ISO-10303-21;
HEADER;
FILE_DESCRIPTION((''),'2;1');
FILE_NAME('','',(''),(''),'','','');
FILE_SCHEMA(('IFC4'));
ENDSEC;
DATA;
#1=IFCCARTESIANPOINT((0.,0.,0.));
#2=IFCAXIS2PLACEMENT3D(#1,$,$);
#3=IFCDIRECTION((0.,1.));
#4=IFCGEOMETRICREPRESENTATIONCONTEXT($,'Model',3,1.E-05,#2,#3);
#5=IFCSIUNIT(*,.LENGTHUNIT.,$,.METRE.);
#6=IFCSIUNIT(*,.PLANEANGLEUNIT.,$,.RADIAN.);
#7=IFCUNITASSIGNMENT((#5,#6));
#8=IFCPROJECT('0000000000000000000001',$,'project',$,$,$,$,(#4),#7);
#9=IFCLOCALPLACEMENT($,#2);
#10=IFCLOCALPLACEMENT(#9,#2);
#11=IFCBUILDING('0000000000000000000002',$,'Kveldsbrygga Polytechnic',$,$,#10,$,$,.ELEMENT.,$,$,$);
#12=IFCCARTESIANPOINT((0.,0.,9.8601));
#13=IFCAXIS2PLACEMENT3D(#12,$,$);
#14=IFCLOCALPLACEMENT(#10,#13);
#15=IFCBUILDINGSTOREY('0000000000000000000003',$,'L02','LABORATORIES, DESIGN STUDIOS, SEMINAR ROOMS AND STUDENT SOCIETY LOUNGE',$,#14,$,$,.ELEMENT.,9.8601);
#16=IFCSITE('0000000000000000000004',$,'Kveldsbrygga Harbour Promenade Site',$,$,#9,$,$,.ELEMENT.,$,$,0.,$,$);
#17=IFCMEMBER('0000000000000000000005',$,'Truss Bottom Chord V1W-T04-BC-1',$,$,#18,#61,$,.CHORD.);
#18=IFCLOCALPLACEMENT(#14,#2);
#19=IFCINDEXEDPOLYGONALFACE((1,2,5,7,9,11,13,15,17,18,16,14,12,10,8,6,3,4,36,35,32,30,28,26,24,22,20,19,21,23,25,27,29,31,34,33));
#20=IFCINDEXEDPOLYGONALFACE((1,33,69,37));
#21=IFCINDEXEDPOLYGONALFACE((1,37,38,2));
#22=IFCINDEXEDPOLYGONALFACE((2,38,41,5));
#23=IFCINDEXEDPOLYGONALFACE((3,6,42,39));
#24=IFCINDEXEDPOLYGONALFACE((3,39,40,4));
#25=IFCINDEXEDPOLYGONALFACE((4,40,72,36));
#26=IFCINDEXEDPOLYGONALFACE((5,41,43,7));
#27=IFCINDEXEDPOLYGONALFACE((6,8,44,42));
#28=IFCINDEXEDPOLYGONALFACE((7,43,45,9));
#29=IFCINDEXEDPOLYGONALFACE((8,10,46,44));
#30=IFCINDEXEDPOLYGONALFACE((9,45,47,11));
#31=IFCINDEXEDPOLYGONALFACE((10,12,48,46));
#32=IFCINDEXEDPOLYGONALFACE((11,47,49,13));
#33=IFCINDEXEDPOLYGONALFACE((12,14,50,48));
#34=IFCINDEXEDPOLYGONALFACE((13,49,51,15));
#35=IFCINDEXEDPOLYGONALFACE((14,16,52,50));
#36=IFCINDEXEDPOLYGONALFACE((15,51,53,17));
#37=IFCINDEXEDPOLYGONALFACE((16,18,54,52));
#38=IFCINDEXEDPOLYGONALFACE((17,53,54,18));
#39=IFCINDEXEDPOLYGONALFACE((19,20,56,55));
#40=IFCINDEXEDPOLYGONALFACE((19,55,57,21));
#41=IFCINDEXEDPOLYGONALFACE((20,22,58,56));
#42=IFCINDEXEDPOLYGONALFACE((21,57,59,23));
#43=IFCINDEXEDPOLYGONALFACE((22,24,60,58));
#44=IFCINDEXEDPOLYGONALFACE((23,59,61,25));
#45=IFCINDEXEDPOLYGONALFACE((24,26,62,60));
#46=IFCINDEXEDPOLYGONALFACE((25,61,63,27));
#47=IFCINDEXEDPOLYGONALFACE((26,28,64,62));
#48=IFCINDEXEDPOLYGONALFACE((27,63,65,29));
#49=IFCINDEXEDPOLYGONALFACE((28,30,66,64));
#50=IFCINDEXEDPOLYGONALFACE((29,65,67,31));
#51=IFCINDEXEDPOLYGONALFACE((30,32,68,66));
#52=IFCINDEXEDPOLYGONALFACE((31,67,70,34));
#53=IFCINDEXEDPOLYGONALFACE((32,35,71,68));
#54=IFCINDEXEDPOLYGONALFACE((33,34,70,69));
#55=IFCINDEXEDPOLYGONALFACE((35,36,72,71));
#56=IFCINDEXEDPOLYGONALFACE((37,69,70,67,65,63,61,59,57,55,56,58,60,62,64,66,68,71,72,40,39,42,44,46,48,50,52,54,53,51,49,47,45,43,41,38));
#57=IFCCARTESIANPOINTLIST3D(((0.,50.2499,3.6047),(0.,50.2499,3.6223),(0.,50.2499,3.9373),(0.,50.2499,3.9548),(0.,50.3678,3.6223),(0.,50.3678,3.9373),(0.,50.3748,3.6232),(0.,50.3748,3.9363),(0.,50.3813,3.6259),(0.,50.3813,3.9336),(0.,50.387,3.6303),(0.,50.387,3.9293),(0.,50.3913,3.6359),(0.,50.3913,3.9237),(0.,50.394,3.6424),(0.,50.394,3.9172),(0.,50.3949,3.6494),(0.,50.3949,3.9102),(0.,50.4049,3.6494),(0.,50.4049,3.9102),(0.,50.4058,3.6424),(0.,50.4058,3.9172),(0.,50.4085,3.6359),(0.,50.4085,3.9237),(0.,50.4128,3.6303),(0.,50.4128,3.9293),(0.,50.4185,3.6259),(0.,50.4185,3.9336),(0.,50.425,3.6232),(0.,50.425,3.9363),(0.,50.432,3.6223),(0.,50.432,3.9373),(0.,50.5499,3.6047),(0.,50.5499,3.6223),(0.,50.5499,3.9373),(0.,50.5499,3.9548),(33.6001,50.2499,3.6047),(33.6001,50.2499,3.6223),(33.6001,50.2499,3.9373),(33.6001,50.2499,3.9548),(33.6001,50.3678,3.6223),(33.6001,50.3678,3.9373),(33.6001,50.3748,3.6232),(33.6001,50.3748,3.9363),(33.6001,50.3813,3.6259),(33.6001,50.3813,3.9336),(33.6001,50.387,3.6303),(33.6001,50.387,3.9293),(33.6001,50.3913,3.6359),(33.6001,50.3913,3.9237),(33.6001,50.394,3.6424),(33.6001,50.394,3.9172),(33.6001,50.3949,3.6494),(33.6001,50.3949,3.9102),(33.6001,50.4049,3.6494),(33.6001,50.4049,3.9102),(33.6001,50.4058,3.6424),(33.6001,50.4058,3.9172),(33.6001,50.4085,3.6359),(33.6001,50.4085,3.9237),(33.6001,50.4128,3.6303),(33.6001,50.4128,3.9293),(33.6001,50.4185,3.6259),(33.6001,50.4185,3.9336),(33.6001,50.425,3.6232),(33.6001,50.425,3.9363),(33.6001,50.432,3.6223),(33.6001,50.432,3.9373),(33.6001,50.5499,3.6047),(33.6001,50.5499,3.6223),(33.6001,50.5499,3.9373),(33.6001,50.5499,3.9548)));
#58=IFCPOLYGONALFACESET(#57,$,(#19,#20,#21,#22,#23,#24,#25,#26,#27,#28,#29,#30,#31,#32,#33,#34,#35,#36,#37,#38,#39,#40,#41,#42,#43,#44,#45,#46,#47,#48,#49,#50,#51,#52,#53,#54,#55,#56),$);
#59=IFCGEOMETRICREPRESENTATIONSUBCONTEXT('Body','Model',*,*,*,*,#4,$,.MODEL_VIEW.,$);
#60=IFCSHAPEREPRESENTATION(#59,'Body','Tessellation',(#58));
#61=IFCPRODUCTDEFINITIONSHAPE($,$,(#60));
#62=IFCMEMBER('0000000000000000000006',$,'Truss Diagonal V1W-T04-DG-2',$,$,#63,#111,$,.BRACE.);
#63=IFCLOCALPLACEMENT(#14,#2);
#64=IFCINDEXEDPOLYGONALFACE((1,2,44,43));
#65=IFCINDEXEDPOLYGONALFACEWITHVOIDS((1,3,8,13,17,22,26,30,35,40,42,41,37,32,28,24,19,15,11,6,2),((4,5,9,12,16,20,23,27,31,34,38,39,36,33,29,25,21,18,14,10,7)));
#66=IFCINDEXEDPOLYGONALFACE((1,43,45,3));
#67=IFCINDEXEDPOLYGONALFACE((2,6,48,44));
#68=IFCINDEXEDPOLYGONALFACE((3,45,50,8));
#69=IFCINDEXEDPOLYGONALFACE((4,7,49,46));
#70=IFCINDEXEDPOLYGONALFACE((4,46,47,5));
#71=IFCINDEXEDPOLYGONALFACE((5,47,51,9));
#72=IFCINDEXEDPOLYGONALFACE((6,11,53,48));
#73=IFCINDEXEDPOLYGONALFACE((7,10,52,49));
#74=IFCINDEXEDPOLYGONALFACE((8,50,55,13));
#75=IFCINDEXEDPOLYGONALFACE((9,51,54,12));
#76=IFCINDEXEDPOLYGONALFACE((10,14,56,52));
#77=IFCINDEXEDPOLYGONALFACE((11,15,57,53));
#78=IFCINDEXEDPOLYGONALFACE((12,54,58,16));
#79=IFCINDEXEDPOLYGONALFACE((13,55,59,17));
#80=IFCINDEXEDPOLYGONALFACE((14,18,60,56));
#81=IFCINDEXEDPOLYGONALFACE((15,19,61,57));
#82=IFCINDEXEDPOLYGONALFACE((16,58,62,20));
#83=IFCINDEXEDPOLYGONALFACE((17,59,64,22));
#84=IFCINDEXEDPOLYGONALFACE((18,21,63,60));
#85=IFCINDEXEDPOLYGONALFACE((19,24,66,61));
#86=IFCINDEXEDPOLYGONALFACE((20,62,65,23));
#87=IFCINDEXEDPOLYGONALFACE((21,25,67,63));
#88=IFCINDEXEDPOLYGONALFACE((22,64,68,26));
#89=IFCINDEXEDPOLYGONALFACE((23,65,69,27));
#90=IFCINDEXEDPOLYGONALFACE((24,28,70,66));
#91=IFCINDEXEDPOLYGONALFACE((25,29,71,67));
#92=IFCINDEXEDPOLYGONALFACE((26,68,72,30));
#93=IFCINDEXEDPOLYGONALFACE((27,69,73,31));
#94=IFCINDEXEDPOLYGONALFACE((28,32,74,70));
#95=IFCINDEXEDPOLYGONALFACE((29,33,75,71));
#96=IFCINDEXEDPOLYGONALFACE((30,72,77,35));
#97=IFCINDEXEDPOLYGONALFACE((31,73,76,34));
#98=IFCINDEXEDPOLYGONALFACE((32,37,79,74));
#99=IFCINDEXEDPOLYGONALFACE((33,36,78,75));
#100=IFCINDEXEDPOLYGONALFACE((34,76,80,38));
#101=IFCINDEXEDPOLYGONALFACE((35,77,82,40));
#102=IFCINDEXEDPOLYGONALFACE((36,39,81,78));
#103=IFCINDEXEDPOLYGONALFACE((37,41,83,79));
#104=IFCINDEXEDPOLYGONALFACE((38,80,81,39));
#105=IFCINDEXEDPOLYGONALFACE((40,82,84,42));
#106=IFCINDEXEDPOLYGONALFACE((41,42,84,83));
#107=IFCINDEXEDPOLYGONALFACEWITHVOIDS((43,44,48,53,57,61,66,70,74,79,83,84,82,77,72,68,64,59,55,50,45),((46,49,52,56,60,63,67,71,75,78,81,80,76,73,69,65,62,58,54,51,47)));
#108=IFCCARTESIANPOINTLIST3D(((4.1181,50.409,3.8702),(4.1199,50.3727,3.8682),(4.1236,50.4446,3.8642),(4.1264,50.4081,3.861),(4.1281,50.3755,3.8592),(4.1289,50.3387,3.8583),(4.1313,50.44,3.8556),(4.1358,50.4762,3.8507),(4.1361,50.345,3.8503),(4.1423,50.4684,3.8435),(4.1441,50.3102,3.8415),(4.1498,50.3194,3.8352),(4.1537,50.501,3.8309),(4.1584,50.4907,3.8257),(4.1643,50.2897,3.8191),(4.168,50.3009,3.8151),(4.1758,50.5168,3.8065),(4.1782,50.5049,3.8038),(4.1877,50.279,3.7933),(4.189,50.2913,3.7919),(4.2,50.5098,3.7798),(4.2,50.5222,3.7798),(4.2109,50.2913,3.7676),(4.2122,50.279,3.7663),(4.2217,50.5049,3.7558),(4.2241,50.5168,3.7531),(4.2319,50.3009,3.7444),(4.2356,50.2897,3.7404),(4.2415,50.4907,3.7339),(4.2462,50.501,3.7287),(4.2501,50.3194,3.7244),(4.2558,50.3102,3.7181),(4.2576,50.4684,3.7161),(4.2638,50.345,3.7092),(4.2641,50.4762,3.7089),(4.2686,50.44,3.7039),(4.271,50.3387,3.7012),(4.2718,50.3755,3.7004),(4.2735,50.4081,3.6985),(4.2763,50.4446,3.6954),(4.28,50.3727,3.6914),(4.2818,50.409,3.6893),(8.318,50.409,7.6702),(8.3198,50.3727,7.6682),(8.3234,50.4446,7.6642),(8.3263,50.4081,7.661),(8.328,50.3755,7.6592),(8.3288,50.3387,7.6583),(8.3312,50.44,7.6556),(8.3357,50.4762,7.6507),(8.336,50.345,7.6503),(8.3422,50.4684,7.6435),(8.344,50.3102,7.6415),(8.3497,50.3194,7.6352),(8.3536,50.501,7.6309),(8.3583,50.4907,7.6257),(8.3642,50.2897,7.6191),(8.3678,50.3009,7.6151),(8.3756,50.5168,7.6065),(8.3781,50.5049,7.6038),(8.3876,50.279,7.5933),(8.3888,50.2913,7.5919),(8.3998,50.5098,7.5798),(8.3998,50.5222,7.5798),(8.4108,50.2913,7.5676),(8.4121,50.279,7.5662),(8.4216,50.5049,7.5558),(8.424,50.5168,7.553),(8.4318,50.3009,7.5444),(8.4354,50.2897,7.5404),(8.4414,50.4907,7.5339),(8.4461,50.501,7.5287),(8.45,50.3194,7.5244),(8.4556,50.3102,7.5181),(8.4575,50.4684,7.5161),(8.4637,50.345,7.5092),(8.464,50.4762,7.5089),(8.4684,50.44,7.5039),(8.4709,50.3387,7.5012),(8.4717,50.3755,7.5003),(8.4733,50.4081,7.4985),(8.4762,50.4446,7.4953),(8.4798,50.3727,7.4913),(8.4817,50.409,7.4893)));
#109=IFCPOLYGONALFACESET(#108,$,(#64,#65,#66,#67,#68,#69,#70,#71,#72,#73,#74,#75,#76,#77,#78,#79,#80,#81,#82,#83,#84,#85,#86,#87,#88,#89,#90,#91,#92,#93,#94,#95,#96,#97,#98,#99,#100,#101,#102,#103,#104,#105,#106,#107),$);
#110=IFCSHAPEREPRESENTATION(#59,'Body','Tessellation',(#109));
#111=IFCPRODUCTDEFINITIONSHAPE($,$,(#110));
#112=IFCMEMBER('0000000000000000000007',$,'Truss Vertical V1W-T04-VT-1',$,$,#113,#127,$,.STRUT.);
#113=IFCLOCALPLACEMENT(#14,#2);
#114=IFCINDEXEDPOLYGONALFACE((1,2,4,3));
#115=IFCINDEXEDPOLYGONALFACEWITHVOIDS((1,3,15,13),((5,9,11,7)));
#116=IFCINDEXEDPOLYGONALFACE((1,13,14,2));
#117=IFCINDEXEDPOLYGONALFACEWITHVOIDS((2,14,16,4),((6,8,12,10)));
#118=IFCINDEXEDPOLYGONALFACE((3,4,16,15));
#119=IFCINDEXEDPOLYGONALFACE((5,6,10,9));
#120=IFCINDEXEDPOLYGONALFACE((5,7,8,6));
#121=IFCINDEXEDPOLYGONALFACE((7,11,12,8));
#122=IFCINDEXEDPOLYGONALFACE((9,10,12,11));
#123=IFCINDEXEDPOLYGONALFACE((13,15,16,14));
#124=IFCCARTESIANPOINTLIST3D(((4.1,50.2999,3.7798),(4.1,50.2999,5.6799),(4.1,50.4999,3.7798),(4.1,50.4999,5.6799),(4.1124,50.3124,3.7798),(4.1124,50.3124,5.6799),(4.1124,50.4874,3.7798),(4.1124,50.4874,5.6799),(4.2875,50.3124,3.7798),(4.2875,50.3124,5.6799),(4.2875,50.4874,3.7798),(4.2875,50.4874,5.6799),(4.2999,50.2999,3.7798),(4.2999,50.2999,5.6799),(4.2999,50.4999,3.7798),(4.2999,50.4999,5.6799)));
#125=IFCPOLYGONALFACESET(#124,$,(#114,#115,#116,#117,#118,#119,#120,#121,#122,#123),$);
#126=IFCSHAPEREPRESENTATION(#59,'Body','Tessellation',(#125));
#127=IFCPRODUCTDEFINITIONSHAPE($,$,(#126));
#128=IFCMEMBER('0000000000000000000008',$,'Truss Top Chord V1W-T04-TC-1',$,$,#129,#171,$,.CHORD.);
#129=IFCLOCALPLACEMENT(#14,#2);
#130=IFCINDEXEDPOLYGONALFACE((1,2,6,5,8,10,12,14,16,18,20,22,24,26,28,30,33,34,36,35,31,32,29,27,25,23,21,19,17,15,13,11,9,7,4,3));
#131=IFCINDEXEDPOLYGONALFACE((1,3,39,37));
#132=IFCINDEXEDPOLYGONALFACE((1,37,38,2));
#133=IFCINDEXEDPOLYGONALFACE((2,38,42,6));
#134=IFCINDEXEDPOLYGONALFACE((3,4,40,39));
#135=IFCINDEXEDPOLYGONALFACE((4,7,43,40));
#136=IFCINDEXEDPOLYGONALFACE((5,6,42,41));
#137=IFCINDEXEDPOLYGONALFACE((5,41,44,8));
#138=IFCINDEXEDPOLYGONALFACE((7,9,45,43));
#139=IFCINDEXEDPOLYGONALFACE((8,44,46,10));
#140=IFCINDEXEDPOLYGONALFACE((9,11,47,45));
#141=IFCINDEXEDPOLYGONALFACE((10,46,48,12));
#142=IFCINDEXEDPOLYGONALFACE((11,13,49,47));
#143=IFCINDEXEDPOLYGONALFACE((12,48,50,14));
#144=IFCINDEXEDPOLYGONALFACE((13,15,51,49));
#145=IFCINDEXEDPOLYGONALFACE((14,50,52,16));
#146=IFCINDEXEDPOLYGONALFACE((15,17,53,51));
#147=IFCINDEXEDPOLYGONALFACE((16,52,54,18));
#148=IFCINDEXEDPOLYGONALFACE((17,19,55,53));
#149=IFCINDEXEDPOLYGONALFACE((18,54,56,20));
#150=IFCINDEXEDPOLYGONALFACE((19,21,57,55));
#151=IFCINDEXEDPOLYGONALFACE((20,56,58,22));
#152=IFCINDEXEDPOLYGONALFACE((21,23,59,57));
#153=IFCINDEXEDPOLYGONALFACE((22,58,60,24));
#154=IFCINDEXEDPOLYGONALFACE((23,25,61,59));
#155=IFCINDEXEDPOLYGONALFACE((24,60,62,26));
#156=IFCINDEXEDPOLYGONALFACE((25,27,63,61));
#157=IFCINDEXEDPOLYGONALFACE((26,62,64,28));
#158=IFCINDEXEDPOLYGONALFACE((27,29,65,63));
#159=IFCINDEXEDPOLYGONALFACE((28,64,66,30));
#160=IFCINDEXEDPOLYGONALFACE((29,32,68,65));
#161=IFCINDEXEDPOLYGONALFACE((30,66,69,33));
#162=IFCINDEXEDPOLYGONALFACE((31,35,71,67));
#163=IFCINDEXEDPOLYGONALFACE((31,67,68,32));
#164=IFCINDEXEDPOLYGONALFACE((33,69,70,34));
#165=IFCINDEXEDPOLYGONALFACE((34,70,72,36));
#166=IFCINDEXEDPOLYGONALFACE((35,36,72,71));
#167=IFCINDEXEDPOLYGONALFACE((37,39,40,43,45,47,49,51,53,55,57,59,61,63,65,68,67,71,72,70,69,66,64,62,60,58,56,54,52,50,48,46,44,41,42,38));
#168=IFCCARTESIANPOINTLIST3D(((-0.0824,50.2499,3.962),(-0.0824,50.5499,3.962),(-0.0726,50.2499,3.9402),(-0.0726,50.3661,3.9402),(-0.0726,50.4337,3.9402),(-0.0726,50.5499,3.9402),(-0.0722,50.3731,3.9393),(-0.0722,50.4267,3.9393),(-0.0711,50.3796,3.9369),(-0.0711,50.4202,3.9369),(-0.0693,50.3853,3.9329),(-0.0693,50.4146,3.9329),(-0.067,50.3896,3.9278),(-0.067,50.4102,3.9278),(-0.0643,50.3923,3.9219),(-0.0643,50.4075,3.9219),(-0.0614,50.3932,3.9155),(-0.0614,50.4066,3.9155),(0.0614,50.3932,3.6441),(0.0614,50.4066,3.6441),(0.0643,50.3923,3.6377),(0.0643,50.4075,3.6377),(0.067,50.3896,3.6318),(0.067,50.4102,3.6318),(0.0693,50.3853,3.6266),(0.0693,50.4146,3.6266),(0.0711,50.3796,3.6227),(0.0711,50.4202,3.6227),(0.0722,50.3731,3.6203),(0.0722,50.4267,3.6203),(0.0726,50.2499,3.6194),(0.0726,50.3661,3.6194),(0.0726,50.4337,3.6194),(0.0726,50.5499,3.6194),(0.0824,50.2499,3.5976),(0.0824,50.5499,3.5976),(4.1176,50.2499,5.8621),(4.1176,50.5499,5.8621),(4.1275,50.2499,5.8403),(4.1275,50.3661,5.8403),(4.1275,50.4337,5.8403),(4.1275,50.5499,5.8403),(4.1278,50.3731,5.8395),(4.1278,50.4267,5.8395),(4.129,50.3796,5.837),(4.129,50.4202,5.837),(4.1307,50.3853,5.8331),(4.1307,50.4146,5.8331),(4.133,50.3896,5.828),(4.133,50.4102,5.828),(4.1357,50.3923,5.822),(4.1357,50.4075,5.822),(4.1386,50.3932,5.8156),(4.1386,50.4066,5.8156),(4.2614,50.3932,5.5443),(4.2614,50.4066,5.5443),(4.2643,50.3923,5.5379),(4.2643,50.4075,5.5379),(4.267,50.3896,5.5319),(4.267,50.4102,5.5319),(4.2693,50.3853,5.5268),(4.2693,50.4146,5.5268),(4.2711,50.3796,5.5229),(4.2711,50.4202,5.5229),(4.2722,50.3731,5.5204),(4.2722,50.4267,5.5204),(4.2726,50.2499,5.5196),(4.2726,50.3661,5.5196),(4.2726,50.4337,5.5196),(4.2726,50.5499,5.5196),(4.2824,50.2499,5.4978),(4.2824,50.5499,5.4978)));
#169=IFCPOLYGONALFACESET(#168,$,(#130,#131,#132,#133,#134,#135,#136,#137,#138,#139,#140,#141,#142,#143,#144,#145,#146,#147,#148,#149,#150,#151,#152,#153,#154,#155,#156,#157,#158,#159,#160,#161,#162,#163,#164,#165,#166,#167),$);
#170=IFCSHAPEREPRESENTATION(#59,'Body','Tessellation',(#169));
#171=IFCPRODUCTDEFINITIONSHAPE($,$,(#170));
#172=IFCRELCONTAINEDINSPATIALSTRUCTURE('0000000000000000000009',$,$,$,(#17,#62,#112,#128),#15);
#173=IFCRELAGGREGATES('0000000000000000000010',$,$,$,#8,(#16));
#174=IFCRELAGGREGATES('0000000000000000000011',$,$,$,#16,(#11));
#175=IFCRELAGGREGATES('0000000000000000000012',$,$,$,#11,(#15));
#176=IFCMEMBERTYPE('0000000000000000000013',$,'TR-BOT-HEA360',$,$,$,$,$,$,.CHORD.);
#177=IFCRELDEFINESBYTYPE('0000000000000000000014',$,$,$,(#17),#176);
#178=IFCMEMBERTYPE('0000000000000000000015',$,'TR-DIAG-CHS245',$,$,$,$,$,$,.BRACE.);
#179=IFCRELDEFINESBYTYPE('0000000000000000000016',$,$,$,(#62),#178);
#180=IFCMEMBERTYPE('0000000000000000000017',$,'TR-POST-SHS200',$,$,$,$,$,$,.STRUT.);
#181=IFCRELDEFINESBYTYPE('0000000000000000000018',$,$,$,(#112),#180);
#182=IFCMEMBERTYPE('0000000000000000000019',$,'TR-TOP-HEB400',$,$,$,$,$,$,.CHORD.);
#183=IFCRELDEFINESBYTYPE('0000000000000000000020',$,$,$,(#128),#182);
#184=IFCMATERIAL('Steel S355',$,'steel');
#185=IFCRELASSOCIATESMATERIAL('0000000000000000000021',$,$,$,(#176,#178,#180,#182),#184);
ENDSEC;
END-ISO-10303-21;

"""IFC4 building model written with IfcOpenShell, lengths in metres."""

from ifc_helpers import new_model, si_unit, direction, frame, origin, origin_2d, place, context, subcontext, project, spatial, hollow_rectangle, hollow_circle, i_section, extrude, material, material_profile, profile_set, type_object, element, save


model = new_model("IFC4")

# Units and contexts
model_context = context("Model", 3, precision=1e-05, world=origin(), true_north=direction((0.0, 1.0)))
body_context = subcontext(model_context, "Body", "Model", "MODEL_VIEW")
ifc_project = project(units=[si_unit("LENGTHUNIT", "METRE"), si_unit("PLANEANGLEUNIT", "RADIAN")], contexts=[model_context])

# Site, building, storey
site_placement = place(None, origin())
site = spatial("IfcSite", under=ifc_project, at=site_placement, Name="Kveldsbrygga Harbour Promenade Site", CompositionType="ELEMENT", RefElevation=0.0)
building_placement = place(site_placement, origin())
building = spatial("IfcBuilding", under=site, at=building_placement, Name="Kveldsbrygga Polytechnic", CompositionType="ELEMENT")
storey_placement = place(building_placement, frame((0.0, 0.0, 9.8601)))
storey = spatial("IfcBuildingStorey", under=building, at=storey_placement, Name="L02", Description="LABORATORIES, DESIGN STUDIOS, SEMINAR ROOMS AND STUDENT SOCIETY LOUNGE", CompositionType="ELEMENT", Elevation=9.8601)

# Shared definitions
ifc_material_1 = material(Name="Steel S355", Category="steel")

# Members
ifc_material_profile_1 = material_profile(ifc_material_1, i_section(OverallWidth=0.3, OverallDepth=0.3501, WebThickness=0.01, FlangeThickness=0.0176, FilletRadius=0.0271, at=origin_2d()), Name="HEA 360")
ifc_profile_set_1 = profile_set([ifc_material_profile_1], Name="Steel S355")
member_type_1 = type_object("IfcMemberType", Name="TR-BOT-HEA360", PredefinedType="CHORD", material=ifc_profile_set_1)
member_1_placement = place(storey_placement, frame((0.0, 50.3999, 3.7798), z_axis=(1.0, 0.0, 0.0), x_axis=(0.0, 1.0, 0.0)))
element("IfcMember", 1, at=member_1_placement, inside=storey, type_object=member_type_1, Name="Truss Bottom Chord V1W-T04-BC-1", PredefinedType="CHORD", context=body_context, shape_type="SweptSolid", body=[
    extrude(i_section(OverallWidth=0.3, OverallDepth=0.3501, WebThickness=0.01, FlangeThickness=0.0176, FilletRadius=0.0271, at=origin_2d()), origin(), (0.0, 0.0, 1.0), 33.6001),
])
ifc_material_profile_2 = material_profile(ifc_material_1, hollow_circle(Radius=0.1223, WallThickness=0.0125, at=origin_2d()), Name="CHS 244.5x12.5")
ifc_profile_set_2 = profile_set([ifc_material_profile_2], Name="Steel S355")
member_type_2 = type_object("IfcMemberType", Name="TR-DIAG-CHS245", PredefinedType="BRACE", material=ifc_profile_set_2)
member_2_placement = place(storey_placement, frame((4.2, 50.3999, 3.7798), z_axis=(0.741528, 0.0, 0.670922), x_axis=(0.0, 1.0, 0.0)))
element("IfcMember", 2, at=member_2_placement, inside=storey, type_object=member_type_2, Name="Truss Diagonal V1W-T04-DG-2", PredefinedType="BRACE", context=body_context, shape_type="SweptSolid", body=[
    extrude(hollow_circle(Radius=0.1223, WallThickness=0.0125, at=origin_2d()), origin(), (0.0, 0.0, 1.0), 5.6638),
])
ifc_material_profile_3 = material_profile(ifc_material_1, hollow_rectangle(XDim=0.2, YDim=0.2, WallThickness=0.0125, at=origin_2d()), Name="SHS 200x200x12.5")
ifc_profile_set_3 = profile_set([ifc_material_profile_3], Name="Steel S355")
member_type_3 = type_object("IfcMemberType", Name="TR-POST-SHS200", PredefinedType="STRUT", material=ifc_profile_set_3)
member_3_placement = place(storey_placement, frame((4.2, 50.3999, 3.7798), z_axis=(0.0, 0.0, 1.0), x_axis=(1.0, 0.0, 0.0)))
element("IfcMember", 3, at=member_3_placement, inside=storey, type_object=member_type_3, Name="Truss Vertical V1W-T04-VT-1", PredefinedType="STRUT", context=body_context, shape_type="SweptSolid", body=[
    extrude(hollow_rectangle(XDim=0.2, YDim=0.2, WallThickness=0.0125, at=origin_2d()), origin(), (0.0, 0.0, 1.0), 1.9001),
])
ifc_material_profile_4 = material_profile(ifc_material_1, i_section(OverallWidth=0.3, OverallDepth=0.3999, WebThickness=0.0134, FlangeThickness=0.0239, FilletRadius=0.0271, at=origin_2d()), Name="HEB 400")
ifc_profile_set_4 = profile_set([ifc_material_profile_4], Name="Steel S355")
member_type_4 = type_object("IfcMemberType", Name="TR-TOP-HEB400", PredefinedType="CHORD", material=ifc_profile_set_4)
member_4_placement = place(storey_placement, frame((0.0, 50.3999, 3.7798), z_axis=(0.911094, 0.0, 0.412198), x_axis=(0.0, 1.0, 0.0)))
element("IfcMember", 4, at=member_4_placement, inside=storey, type_object=member_type_4, Name="Truss Top Chord V1W-T04-TC-1", PredefinedType="CHORD", context=body_context, shape_type="SweptSolid", body=[
    extrude(i_section(OverallWidth=0.3, OverallDepth=0.3999, WebThickness=0.0134, FlangeThickness=0.0239, FilletRadius=0.0271, at=origin_2d()), origin(), (0.0, 0.0, 1.0), 4.6099),
])

save(model, "model.ifc")
